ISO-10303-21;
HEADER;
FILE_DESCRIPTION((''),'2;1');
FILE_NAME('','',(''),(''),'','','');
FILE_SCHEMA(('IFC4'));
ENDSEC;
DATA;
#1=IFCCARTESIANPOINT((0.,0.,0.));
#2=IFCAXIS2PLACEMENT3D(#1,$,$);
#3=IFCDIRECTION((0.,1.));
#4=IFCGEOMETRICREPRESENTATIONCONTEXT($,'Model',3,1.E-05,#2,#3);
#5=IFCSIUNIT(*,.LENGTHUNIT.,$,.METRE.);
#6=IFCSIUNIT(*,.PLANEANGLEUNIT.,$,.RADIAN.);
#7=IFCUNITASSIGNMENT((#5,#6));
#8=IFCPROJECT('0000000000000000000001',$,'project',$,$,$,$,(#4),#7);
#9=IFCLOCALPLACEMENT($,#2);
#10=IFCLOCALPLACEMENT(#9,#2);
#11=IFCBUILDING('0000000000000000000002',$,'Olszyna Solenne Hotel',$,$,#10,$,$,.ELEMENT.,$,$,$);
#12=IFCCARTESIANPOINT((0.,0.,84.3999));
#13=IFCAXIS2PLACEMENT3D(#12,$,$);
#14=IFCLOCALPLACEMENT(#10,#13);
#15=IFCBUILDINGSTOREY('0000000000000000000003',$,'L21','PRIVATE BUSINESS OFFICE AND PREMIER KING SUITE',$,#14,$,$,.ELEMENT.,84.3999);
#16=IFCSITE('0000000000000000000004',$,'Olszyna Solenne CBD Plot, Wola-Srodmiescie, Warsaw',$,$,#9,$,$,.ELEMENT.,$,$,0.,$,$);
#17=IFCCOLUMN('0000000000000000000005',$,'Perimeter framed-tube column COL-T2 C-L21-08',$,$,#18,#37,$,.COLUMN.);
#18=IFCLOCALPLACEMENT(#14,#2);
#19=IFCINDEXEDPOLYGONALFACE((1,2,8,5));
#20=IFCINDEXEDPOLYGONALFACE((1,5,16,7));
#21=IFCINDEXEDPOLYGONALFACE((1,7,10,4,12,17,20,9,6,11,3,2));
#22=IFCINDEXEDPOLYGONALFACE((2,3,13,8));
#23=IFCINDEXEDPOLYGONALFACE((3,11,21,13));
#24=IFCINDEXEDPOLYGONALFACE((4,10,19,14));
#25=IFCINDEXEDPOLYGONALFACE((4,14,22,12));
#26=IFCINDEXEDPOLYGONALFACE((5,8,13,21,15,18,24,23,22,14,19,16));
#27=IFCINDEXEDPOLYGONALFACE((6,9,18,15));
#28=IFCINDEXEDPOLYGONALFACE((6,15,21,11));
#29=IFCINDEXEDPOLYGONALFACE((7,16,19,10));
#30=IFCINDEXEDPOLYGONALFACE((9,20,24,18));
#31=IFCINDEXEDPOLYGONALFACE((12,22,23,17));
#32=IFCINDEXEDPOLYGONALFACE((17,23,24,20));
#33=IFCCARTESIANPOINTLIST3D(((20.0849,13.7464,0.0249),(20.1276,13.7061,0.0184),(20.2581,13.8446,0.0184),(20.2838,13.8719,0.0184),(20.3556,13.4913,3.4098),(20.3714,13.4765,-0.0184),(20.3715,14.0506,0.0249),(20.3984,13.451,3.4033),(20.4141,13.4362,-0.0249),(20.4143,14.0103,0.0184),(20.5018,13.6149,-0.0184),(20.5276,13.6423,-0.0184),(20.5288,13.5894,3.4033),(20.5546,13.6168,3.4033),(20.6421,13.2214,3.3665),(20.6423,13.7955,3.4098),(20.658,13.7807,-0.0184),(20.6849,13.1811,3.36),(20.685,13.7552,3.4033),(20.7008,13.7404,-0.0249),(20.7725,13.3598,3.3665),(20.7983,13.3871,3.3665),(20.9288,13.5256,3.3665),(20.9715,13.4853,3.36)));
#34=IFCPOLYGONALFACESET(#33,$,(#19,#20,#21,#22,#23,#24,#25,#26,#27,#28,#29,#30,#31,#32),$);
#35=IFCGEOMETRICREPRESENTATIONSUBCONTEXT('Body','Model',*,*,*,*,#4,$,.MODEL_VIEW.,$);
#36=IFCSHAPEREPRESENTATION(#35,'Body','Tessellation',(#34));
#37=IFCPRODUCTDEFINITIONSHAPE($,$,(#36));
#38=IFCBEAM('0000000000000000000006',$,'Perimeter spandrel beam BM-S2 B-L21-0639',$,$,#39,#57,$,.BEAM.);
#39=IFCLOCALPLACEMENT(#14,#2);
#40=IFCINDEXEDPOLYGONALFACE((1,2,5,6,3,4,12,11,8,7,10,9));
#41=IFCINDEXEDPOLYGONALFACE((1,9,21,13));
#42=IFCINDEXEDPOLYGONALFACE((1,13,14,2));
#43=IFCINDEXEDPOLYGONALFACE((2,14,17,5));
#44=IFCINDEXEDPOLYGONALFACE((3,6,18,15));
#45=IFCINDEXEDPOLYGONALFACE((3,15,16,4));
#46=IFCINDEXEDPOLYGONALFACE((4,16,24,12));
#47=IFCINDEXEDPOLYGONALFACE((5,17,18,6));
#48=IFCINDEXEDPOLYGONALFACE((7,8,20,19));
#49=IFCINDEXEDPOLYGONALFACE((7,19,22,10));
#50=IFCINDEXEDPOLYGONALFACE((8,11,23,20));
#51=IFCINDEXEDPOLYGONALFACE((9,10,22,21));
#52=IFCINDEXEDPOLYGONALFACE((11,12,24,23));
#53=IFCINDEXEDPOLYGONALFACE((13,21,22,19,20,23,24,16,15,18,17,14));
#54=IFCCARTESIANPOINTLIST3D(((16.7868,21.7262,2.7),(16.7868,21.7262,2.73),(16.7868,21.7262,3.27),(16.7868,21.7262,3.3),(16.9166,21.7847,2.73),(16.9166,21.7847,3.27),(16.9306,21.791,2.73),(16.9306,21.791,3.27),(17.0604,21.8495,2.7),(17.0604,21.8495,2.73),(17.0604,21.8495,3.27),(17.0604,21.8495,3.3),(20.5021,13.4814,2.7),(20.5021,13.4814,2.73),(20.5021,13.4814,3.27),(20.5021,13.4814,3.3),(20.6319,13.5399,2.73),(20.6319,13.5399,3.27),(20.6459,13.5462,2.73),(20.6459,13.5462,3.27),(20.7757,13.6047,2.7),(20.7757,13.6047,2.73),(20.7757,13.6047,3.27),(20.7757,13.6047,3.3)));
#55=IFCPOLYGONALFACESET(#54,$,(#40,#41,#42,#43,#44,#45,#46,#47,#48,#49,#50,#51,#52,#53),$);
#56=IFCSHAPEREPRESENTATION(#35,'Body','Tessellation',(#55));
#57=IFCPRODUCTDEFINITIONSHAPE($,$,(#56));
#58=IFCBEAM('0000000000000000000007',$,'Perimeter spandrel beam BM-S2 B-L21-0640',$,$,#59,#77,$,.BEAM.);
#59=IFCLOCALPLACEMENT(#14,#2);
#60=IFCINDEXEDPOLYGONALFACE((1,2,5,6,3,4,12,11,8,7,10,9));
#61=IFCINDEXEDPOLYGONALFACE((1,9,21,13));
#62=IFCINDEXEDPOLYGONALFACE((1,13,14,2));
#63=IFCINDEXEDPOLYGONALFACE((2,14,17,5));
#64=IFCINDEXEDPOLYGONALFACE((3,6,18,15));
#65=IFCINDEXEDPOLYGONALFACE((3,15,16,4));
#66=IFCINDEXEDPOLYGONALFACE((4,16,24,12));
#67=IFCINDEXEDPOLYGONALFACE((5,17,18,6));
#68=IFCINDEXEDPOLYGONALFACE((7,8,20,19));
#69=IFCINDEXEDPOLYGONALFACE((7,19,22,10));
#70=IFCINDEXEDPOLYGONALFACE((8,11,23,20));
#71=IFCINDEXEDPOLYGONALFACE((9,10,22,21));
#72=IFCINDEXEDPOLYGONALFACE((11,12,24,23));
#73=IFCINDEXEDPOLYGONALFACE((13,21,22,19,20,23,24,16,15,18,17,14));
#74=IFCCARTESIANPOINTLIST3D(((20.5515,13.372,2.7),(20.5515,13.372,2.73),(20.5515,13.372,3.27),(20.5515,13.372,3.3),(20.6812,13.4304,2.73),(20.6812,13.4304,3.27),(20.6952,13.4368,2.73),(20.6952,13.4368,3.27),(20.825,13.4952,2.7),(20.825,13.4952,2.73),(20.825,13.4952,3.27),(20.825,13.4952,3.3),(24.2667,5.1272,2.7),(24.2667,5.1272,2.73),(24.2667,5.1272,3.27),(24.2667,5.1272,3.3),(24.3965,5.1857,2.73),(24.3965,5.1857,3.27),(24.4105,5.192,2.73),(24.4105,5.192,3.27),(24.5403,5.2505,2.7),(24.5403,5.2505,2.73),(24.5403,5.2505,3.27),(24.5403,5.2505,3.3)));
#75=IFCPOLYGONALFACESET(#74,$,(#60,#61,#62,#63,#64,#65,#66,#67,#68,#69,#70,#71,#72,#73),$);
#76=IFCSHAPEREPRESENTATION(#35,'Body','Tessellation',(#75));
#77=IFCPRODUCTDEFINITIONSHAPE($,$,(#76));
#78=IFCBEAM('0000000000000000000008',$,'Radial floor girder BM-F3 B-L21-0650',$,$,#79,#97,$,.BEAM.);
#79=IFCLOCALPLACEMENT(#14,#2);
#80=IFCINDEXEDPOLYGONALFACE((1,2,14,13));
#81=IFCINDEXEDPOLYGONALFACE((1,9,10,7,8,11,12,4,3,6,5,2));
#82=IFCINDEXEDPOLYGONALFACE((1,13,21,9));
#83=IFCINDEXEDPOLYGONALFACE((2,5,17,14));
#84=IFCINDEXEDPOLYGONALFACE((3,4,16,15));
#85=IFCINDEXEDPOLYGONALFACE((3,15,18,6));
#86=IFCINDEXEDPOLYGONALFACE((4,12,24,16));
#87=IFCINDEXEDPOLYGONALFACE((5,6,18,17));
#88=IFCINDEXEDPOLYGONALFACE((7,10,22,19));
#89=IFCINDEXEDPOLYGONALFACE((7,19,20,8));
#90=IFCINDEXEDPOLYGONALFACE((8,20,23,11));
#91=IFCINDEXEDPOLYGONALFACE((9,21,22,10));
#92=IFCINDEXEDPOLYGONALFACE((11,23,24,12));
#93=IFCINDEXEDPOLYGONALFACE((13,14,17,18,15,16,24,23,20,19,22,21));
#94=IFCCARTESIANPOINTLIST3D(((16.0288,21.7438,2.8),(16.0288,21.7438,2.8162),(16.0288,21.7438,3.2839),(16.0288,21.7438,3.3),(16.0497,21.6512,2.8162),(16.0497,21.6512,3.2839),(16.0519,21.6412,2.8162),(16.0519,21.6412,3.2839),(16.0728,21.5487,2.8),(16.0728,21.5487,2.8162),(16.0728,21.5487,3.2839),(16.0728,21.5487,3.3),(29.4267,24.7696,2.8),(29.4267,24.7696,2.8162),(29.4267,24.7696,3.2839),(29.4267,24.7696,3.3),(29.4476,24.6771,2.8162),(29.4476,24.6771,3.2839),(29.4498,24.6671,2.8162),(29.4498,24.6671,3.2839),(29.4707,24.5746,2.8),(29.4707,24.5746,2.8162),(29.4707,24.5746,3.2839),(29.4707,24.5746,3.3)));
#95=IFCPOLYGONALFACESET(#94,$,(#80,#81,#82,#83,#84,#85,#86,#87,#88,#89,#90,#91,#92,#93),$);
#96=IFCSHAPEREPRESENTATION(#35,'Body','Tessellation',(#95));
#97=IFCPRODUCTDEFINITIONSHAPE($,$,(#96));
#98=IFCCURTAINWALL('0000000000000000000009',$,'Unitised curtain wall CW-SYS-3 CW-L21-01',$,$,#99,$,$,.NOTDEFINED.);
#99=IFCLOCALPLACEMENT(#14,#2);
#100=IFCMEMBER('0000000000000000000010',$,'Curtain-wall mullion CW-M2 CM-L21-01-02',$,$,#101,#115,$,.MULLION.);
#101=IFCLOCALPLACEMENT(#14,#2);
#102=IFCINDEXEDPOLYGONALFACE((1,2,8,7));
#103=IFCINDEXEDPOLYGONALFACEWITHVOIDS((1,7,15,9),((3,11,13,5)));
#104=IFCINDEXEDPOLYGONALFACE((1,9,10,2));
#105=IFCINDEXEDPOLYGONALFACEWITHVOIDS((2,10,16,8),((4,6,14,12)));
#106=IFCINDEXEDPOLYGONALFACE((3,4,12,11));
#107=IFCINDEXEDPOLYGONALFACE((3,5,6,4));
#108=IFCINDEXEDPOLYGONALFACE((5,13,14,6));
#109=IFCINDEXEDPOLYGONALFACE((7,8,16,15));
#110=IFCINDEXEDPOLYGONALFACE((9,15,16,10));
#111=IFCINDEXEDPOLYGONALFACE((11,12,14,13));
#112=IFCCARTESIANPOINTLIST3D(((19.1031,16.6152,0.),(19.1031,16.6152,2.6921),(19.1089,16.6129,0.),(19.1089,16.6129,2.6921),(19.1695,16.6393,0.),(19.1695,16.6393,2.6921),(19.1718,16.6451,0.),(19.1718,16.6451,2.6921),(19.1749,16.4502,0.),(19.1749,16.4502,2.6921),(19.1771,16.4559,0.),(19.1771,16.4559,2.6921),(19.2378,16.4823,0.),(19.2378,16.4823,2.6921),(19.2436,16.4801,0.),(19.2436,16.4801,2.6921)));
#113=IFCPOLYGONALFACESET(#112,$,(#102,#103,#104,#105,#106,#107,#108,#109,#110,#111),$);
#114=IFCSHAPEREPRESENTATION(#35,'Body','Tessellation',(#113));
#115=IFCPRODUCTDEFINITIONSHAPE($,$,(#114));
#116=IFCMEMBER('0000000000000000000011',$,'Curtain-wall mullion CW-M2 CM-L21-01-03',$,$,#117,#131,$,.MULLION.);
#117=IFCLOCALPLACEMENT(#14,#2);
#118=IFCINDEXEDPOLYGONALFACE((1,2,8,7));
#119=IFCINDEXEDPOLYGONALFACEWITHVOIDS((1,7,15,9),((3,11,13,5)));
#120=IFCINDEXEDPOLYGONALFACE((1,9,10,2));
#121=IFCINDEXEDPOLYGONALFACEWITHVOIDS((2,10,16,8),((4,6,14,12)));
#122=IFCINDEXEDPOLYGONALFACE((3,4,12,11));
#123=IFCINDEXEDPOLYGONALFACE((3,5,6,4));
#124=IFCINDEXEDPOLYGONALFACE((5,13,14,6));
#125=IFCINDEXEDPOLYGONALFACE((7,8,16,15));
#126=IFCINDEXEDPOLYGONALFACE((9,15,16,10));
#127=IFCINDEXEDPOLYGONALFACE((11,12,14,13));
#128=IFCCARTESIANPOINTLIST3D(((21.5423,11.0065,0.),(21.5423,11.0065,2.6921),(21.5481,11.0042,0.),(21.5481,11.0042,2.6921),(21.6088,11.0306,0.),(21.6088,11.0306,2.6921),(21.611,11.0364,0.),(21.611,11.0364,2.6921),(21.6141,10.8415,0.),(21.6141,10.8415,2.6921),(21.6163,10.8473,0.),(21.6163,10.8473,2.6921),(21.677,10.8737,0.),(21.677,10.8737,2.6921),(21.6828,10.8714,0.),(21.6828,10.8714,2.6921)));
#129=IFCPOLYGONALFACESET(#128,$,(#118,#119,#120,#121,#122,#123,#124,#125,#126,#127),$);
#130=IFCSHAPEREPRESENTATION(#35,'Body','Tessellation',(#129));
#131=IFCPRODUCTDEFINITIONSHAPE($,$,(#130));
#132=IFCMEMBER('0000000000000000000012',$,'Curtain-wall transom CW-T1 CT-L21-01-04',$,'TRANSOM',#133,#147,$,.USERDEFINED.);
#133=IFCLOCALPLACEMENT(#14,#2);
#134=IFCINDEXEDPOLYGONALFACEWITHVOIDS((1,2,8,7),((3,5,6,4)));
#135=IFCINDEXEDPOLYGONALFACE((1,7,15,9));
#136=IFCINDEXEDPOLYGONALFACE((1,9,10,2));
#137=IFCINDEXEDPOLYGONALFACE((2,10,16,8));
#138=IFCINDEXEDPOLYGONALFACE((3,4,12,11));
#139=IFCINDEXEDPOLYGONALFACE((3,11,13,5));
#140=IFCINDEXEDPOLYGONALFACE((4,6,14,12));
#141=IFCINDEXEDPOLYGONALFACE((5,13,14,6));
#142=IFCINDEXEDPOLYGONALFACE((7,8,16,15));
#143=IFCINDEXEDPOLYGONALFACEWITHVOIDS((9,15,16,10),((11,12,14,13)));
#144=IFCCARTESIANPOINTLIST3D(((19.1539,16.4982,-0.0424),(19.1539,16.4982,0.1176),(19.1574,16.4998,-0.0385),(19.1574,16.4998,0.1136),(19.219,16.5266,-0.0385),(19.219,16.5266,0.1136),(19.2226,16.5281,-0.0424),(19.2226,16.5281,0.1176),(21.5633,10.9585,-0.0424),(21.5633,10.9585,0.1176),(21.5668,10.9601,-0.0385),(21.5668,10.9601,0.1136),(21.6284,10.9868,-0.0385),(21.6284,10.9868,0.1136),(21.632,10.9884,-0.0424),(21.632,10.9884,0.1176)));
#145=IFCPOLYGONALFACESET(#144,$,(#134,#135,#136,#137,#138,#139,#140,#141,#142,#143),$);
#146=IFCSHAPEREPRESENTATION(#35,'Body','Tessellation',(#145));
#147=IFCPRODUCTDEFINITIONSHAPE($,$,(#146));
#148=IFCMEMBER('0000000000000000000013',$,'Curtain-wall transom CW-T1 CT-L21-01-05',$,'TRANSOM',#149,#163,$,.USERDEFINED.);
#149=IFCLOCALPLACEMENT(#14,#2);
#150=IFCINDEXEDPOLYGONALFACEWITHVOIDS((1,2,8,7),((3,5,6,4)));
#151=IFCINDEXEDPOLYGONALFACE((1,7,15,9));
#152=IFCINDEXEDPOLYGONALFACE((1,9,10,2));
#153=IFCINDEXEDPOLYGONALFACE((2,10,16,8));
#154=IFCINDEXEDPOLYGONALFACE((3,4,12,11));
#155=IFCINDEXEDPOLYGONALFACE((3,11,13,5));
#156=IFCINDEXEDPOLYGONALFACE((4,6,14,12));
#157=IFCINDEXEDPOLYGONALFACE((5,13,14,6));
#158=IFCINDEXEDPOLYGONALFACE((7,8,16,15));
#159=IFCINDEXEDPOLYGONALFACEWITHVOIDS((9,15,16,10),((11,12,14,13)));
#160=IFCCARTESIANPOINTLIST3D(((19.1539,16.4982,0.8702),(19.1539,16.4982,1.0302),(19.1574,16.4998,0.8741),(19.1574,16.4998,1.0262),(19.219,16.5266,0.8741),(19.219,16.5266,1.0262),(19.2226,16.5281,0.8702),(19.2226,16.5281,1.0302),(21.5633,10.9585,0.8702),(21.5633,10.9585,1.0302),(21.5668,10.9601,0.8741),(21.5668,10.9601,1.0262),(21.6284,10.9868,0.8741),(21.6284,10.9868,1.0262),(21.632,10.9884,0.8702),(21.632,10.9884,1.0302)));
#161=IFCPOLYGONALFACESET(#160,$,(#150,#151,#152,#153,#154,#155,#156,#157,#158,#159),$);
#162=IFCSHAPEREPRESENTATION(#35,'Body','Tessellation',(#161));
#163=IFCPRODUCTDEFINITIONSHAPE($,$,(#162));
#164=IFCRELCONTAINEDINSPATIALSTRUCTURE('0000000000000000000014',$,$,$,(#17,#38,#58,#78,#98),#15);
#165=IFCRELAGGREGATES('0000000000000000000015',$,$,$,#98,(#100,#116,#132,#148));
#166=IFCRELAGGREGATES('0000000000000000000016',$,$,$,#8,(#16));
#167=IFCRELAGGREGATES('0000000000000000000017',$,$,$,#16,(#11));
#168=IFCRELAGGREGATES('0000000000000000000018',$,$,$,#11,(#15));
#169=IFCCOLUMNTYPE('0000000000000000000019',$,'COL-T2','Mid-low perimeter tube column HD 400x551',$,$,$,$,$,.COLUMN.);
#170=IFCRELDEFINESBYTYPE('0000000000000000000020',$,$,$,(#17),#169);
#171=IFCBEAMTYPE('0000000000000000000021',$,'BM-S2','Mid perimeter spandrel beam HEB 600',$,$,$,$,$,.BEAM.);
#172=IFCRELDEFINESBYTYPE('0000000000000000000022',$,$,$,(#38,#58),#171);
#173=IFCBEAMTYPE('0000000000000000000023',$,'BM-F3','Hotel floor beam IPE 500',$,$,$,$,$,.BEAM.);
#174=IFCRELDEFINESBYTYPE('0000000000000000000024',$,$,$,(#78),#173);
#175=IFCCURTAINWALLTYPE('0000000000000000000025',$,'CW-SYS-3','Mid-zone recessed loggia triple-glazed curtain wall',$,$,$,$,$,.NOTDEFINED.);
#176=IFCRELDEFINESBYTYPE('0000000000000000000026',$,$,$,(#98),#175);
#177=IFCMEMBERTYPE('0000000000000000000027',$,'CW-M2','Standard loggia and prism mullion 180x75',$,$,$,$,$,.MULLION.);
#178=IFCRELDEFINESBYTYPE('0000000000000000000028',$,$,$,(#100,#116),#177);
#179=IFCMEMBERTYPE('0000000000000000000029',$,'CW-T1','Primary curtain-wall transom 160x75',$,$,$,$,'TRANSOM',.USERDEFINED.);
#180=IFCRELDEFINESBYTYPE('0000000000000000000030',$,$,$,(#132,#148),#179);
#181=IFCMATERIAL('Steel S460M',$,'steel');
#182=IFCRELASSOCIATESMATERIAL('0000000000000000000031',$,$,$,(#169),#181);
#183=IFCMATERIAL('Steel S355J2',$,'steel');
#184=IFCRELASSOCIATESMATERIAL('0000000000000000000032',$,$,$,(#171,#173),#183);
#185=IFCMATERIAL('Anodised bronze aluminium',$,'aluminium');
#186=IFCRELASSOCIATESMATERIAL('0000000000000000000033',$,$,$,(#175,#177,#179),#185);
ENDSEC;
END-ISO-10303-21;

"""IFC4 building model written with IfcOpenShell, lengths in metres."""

from ifc_helpers import new_model, si_unit, direction, frame, origin, origin_2d, place, context, subcontext, project, spatial, hollow_rectangle, i_section, extrude, source, transform, mapped, material, material_profile, profile_set, type_object, element, aggregate, save


model = new_model("IFC4")

# Units and contexts
model_context = context("Model", 3, precision=1e-05, world=origin(), true_north=direction((0.0, 1.0)))
body_context = subcontext(model_context, "Body", "Model", "MODEL_VIEW")
ifc_project = project(units=[si_unit("LENGTHUNIT", "METRE"), si_unit("PLANEANGLEUNIT", "RADIAN")], contexts=[model_context])

# Site, building, storey
site_placement = place(None, origin())
site = spatial("IfcSite", under=ifc_project, at=site_placement, Name="Olszyna Solenne CBD Plot, Wola-Srodmiescie, Warsaw", CompositionType="ELEMENT", RefElevation=0.0)
building_placement = place(site_placement, origin())
building = spatial("IfcBuilding", under=site, at=building_placement, Name="Olszyna Solenne Hotel", CompositionType="ELEMENT")
storey_placement = place(building_placement, frame((0.0, 0.0, 84.3999)))
storey = spatial("IfcBuildingStorey", under=building, at=storey_placement, Name="L21", Description="PRIVATE BUSINESS OFFICE AND PREMIER KING SUITE", CompositionType="ELEMENT", Elevation=84.3999)

# Column
ifc_material_1 = material(Name="Steel S460M", Category="steel")
ifc_material_profile_1 = material_profile(ifc_material_1, i_section(OverallWidth=0.418, OverallDepth=0.4551, WebThickness=0.0376, FlangeThickness=0.0591, at=origin_2d()), Name="HD 400x551", Category="load-bearing")
ifc_profile_set_1 = profile_set([ifc_material_profile_1], Name="Steel S460M")
column_type = type_object("IfcColumnType", Name="COL-T2", Description="Mid-low perimeter tube column HD 400x551", PredefinedType="COLUMN", material=ifc_profile_set_1)
shared_shape_1 = source(origin(), body_context, "Body", "SweptSolid", [
    extrude(i_section(OverallWidth=0.418, OverallDepth=0.4551, WebThickness=0.0376, FlangeThickness=0.0591, at=origin_2d()), origin(), (0.0, 0.0, 1.0), 3.4053),
])
column_placement = place(storey_placement, frame((20.3928, 13.7434, 0.0), z_axis=(0.079507, -0.074919, 0.994015), x_axis=(0.685794, 0.727795, 0.0)))
element("IfcColumn", 1, at=column_placement, inside=storey, type_object=column_type, Name="Perimeter framed-tube column COL-T2 C-L21-08", PredefinedType="COLUMN", context=body_context, shape_type="MappedRepresentation", body=[
    mapped(shared_shape_1, transform((0.0, 0.0, 0.0), x_axis=(1.0, 0.0, 0.0), y_axis=(0.0, 1.0, 0.0), z_axis=(0.0, 0.0, 1.0), scale=1.0)),
])

# Beams
ifc_material_2 = material(Name="Steel S355J2", Category="steel")
ifc_material_profile_2 = material_profile(ifc_material_2, i_section(OverallWidth=0.3, OverallDepth=0.6001, WebThickness=0.0154, FlangeThickness=0.03, at=origin_2d()), Name="HEB 600", Category="load-bearing")
ifc_profile_set_2 = profile_set([ifc_material_profile_2], Name="Steel S355J2")
beam_type_1 = type_object("IfcBeamType", Name="BM-S2", Description="Mid perimeter spandrel beam HEB 600", PredefinedType="BEAM", material=ifc_profile_set_2)
shared_shape_2 = source(origin(), body_context, "Body", "SweptSolid", [
    extrude(i_section(OverallWidth=0.3, OverallDepth=0.6001, WebThickness=0.0154, FlangeThickness=0.03, at=origin_2d()), origin(), (0.0, 0.0, 1.0), 9.0432),
])
for number, where, z_axis, x_axis, name in (
    (2, (16.9236, 21.7878, 3.0), (0.410837, -0.911709, 0.0), (0.911709, 0.410837, 0.0), "Perimeter spandrel beam BM-S2 B-L21-0639"),
    (3, (20.6882, 13.4336, 3.0), (0.410837, -0.911709, 0.0), (0.911709, 0.410837, 0.0), "Perimeter spandrel beam BM-S2 B-L21-0640"),
):
    element("IfcBeam", number, at=place(storey_placement, frame(where, z_axis=z_axis, x_axis=x_axis)), inside=storey, type_object=beam_type_1, Name=name, PredefinedType="BEAM", context=body_context, shape_type="MappedRepresentation", body=[
        mapped(shared_shape_2, transform((0.0, 0.0, 0.0), x_axis=(1.0, 0.0, 0.0), y_axis=(0.0, 1.0, 0.0), z_axis=(0.0, 0.0, 1.0), scale=1.0)),
    ])
ifc_material_profile_3 = material_profile(ifc_material_2, i_section(OverallWidth=0.2, OverallDepth=0.5, WebThickness=0.0103, FlangeThickness=0.0161, at=origin_2d()), Name="IPE 500", Category="load-bearing")
ifc_profile_set_3 = profile_set([ifc_material_profile_3], Name="Steel S355J2")
beam_type_2 = type_object("IfcBeamType", Name="BM-F3", Description="Hotel floor beam IPE 500", PredefinedType="BEAM", material=ifc_profile_set_3)
shared_shape_3 = source(origin(), body_context, "Body", "SweptSolid", [
    extrude(i_section(OverallWidth=0.2, OverallDepth=0.5, WebThickness=0.0103, FlangeThickness=0.0161, at=origin_2d()), origin(), (0.0, 0.0, 1.0), 13.7354),
])
beam_placement = place(storey_placement, frame((16.0508, 21.6462, 3.05), z_axis=(0.975433, 0.220298, 0.0), x_axis=(-0.220298, 0.975433, 0.0)))
element("IfcBeam", 4, at=beam_placement, inside=storey, type_object=beam_type_2, Name="Radial floor girder BM-F3 B-L21-0650", PredefinedType="BEAM", context=body_context, shape_type="MappedRepresentation", body=[
    mapped(shared_shape_3, transform((0.0, 0.0, 0.0), x_axis=(1.0, 0.0, 0.0), y_axis=(0.0, 1.0, 0.0), z_axis=(0.0, 0.0, 1.0), scale=1.0)),
])

# Curtain wall, members
ifc_material_3 = material(Name="Anodised bronze aluminium", Category="aluminium")
curtain_wall_type = type_object("IfcCurtainWallType", Name="CW-SYS-3", Description="Mid-zone recessed loggia triple-glazed curtain wall", PredefinedType="NOTDEFINED", material=ifc_material_3)
curtain_wall_placement = place(storey_placement, origin())
curtain_wall = element("IfcCurtainWall", 5, at=curtain_wall_placement, inside=storey, type_object=curtain_wall_type, Name="Unitised curtain wall CW-SYS-3 CW-L21-01", PredefinedType="NOTDEFINED")
ifc_material_profile_4 = material_profile(ifc_material_3, hollow_rectangle(XDim=0.075, YDim=0.1799, WallThickness=0.0044, at=origin_2d()), Name="MULL 180x75x4.5", Category="load-bearing")
ifc_profile_set_4 = profile_set([ifc_material_profile_4], Name="Anodised bronze aluminium")
member_type_1 = type_object("IfcMemberType", Name="CW-M2", Description="Standard loggia and prism mullion 180x75", PredefinedType="MULLION", material=ifc_profile_set_4)
shared_shape_4 = source(origin(), body_context, "Body", "SweptSolid", [
    extrude(hollow_rectangle(XDim=0.075, YDim=0.1799, WallThickness=0.0044, at=origin_2d()), origin(), (0.0, 0.0, 1.0), 2.6921),
])
member_1_placement = place(storey_placement, frame((19.1733, 16.5476, 0.0), z_axis=(0.0, 0.0, 1.0), x_axis=(0.917031, 0.398817, 0.0)))
member_1 = element("IfcMember", 6, at=member_1_placement, type_object=member_type_1, Name="Curtain-wall mullion CW-M2 CM-L21-01-02", PredefinedType="MULLION", context=body_context, shape_type="MappedRepresentation", body=[
    mapped(shared_shape_4, transform((0.0, 0.0, 0.0), x_axis=(1.0, 0.0, 0.0), y_axis=(0.0, 1.0, 0.0), z_axis=(0.0, 0.0, 1.0), scale=1.0)),
])
member_2_placement = place(storey_placement, frame((21.6125, 10.939, 0.0), z_axis=(0.0, 0.0, 1.0), x_axis=(0.917031, 0.398817, 0.0)))
member_2 = element("IfcMember", 7, at=member_2_placement, type_object=member_type_1, Name="Curtain-wall mullion CW-M2 CM-L21-01-03", PredefinedType="MULLION", context=body_context, shape_type="MappedRepresentation", body=[
    mapped(shared_shape_4, transform((0.0, 0.0, 0.0), x_axis=(1.0, 0.0, 0.0), y_axis=(0.0, 1.0, 0.0), z_axis=(0.0, 0.0, 1.0), scale=1.0)),
])
ifc_material_profile_5 = material_profile(ifc_material_3, hollow_rectangle(XDim=0.075, YDim=0.1599, WallThickness=0.0039, at=origin_2d()), Name="TRAN 160x75x4", Category="load-bearing")
ifc_profile_set_5 = profile_set([ifc_material_profile_5], Name="Anodised bronze aluminium")
member_type_2 = type_object("IfcMemberType", Name="CW-T1", Description="Primary curtain-wall transom 160x75", ElementType="TRANSOM", PredefinedType="USERDEFINED", material=ifc_profile_set_5)
shared_shape_5 = source(origin(), body_context, "Body", "SweptSolid", [
    extrude(hollow_rectangle(XDim=0.075, YDim=0.1599, WallThickness=0.0039, at=origin_2d()), origin(), (0.0, 0.0, 1.0), 6.041),
])
member_3_placement = place(storey_placement, frame((19.1882, 16.5132, 0.0376), z_axis=(0.39884, -0.917021, 0.0), x_axis=(0.917021, 0.39884, 0.0)))
member_3 = element("IfcMember", 8, at=member_3_placement, type_object=member_type_2, Name="Curtain-wall transom CW-T1 CT-L21-01-04", ObjectType="TRANSOM", PredefinedType="USERDEFINED", context=body_context, shape_type="MappedRepresentation", body=[
    mapped(shared_shape_5, transform((0.0, 0.0, 0.0), x_axis=(1.0, 0.0, 0.0), y_axis=(0.0, 1.0, 0.0), z_axis=(0.0, 0.0, 1.0), scale=1.0)),
])
member_4_placement = place(storey_placement, frame((19.1882, 16.5132, 0.9502), z_axis=(0.39884, -0.917021, 0.0), x_axis=(0.917021, 0.39884, 0.0)))
member_4 = element("IfcMember", 9, at=member_4_placement, type_object=member_type_2, Name="Curtain-wall transom CW-T1 CT-L21-01-05", ObjectType="TRANSOM", PredefinedType="USERDEFINED", context=body_context, shape_type="MappedRepresentation", body=[
    mapped(shared_shape_5, transform((0.0, 0.0, 0.0), x_axis=(1.0, 0.0, 0.0), y_axis=(0.0, 1.0, 0.0), z_axis=(0.0, 0.0, 1.0), scale=1.0)),
])

aggregate(curtain_wall, [member_1, member_2, member_3, member_4])

save(model, "model.ifc")
